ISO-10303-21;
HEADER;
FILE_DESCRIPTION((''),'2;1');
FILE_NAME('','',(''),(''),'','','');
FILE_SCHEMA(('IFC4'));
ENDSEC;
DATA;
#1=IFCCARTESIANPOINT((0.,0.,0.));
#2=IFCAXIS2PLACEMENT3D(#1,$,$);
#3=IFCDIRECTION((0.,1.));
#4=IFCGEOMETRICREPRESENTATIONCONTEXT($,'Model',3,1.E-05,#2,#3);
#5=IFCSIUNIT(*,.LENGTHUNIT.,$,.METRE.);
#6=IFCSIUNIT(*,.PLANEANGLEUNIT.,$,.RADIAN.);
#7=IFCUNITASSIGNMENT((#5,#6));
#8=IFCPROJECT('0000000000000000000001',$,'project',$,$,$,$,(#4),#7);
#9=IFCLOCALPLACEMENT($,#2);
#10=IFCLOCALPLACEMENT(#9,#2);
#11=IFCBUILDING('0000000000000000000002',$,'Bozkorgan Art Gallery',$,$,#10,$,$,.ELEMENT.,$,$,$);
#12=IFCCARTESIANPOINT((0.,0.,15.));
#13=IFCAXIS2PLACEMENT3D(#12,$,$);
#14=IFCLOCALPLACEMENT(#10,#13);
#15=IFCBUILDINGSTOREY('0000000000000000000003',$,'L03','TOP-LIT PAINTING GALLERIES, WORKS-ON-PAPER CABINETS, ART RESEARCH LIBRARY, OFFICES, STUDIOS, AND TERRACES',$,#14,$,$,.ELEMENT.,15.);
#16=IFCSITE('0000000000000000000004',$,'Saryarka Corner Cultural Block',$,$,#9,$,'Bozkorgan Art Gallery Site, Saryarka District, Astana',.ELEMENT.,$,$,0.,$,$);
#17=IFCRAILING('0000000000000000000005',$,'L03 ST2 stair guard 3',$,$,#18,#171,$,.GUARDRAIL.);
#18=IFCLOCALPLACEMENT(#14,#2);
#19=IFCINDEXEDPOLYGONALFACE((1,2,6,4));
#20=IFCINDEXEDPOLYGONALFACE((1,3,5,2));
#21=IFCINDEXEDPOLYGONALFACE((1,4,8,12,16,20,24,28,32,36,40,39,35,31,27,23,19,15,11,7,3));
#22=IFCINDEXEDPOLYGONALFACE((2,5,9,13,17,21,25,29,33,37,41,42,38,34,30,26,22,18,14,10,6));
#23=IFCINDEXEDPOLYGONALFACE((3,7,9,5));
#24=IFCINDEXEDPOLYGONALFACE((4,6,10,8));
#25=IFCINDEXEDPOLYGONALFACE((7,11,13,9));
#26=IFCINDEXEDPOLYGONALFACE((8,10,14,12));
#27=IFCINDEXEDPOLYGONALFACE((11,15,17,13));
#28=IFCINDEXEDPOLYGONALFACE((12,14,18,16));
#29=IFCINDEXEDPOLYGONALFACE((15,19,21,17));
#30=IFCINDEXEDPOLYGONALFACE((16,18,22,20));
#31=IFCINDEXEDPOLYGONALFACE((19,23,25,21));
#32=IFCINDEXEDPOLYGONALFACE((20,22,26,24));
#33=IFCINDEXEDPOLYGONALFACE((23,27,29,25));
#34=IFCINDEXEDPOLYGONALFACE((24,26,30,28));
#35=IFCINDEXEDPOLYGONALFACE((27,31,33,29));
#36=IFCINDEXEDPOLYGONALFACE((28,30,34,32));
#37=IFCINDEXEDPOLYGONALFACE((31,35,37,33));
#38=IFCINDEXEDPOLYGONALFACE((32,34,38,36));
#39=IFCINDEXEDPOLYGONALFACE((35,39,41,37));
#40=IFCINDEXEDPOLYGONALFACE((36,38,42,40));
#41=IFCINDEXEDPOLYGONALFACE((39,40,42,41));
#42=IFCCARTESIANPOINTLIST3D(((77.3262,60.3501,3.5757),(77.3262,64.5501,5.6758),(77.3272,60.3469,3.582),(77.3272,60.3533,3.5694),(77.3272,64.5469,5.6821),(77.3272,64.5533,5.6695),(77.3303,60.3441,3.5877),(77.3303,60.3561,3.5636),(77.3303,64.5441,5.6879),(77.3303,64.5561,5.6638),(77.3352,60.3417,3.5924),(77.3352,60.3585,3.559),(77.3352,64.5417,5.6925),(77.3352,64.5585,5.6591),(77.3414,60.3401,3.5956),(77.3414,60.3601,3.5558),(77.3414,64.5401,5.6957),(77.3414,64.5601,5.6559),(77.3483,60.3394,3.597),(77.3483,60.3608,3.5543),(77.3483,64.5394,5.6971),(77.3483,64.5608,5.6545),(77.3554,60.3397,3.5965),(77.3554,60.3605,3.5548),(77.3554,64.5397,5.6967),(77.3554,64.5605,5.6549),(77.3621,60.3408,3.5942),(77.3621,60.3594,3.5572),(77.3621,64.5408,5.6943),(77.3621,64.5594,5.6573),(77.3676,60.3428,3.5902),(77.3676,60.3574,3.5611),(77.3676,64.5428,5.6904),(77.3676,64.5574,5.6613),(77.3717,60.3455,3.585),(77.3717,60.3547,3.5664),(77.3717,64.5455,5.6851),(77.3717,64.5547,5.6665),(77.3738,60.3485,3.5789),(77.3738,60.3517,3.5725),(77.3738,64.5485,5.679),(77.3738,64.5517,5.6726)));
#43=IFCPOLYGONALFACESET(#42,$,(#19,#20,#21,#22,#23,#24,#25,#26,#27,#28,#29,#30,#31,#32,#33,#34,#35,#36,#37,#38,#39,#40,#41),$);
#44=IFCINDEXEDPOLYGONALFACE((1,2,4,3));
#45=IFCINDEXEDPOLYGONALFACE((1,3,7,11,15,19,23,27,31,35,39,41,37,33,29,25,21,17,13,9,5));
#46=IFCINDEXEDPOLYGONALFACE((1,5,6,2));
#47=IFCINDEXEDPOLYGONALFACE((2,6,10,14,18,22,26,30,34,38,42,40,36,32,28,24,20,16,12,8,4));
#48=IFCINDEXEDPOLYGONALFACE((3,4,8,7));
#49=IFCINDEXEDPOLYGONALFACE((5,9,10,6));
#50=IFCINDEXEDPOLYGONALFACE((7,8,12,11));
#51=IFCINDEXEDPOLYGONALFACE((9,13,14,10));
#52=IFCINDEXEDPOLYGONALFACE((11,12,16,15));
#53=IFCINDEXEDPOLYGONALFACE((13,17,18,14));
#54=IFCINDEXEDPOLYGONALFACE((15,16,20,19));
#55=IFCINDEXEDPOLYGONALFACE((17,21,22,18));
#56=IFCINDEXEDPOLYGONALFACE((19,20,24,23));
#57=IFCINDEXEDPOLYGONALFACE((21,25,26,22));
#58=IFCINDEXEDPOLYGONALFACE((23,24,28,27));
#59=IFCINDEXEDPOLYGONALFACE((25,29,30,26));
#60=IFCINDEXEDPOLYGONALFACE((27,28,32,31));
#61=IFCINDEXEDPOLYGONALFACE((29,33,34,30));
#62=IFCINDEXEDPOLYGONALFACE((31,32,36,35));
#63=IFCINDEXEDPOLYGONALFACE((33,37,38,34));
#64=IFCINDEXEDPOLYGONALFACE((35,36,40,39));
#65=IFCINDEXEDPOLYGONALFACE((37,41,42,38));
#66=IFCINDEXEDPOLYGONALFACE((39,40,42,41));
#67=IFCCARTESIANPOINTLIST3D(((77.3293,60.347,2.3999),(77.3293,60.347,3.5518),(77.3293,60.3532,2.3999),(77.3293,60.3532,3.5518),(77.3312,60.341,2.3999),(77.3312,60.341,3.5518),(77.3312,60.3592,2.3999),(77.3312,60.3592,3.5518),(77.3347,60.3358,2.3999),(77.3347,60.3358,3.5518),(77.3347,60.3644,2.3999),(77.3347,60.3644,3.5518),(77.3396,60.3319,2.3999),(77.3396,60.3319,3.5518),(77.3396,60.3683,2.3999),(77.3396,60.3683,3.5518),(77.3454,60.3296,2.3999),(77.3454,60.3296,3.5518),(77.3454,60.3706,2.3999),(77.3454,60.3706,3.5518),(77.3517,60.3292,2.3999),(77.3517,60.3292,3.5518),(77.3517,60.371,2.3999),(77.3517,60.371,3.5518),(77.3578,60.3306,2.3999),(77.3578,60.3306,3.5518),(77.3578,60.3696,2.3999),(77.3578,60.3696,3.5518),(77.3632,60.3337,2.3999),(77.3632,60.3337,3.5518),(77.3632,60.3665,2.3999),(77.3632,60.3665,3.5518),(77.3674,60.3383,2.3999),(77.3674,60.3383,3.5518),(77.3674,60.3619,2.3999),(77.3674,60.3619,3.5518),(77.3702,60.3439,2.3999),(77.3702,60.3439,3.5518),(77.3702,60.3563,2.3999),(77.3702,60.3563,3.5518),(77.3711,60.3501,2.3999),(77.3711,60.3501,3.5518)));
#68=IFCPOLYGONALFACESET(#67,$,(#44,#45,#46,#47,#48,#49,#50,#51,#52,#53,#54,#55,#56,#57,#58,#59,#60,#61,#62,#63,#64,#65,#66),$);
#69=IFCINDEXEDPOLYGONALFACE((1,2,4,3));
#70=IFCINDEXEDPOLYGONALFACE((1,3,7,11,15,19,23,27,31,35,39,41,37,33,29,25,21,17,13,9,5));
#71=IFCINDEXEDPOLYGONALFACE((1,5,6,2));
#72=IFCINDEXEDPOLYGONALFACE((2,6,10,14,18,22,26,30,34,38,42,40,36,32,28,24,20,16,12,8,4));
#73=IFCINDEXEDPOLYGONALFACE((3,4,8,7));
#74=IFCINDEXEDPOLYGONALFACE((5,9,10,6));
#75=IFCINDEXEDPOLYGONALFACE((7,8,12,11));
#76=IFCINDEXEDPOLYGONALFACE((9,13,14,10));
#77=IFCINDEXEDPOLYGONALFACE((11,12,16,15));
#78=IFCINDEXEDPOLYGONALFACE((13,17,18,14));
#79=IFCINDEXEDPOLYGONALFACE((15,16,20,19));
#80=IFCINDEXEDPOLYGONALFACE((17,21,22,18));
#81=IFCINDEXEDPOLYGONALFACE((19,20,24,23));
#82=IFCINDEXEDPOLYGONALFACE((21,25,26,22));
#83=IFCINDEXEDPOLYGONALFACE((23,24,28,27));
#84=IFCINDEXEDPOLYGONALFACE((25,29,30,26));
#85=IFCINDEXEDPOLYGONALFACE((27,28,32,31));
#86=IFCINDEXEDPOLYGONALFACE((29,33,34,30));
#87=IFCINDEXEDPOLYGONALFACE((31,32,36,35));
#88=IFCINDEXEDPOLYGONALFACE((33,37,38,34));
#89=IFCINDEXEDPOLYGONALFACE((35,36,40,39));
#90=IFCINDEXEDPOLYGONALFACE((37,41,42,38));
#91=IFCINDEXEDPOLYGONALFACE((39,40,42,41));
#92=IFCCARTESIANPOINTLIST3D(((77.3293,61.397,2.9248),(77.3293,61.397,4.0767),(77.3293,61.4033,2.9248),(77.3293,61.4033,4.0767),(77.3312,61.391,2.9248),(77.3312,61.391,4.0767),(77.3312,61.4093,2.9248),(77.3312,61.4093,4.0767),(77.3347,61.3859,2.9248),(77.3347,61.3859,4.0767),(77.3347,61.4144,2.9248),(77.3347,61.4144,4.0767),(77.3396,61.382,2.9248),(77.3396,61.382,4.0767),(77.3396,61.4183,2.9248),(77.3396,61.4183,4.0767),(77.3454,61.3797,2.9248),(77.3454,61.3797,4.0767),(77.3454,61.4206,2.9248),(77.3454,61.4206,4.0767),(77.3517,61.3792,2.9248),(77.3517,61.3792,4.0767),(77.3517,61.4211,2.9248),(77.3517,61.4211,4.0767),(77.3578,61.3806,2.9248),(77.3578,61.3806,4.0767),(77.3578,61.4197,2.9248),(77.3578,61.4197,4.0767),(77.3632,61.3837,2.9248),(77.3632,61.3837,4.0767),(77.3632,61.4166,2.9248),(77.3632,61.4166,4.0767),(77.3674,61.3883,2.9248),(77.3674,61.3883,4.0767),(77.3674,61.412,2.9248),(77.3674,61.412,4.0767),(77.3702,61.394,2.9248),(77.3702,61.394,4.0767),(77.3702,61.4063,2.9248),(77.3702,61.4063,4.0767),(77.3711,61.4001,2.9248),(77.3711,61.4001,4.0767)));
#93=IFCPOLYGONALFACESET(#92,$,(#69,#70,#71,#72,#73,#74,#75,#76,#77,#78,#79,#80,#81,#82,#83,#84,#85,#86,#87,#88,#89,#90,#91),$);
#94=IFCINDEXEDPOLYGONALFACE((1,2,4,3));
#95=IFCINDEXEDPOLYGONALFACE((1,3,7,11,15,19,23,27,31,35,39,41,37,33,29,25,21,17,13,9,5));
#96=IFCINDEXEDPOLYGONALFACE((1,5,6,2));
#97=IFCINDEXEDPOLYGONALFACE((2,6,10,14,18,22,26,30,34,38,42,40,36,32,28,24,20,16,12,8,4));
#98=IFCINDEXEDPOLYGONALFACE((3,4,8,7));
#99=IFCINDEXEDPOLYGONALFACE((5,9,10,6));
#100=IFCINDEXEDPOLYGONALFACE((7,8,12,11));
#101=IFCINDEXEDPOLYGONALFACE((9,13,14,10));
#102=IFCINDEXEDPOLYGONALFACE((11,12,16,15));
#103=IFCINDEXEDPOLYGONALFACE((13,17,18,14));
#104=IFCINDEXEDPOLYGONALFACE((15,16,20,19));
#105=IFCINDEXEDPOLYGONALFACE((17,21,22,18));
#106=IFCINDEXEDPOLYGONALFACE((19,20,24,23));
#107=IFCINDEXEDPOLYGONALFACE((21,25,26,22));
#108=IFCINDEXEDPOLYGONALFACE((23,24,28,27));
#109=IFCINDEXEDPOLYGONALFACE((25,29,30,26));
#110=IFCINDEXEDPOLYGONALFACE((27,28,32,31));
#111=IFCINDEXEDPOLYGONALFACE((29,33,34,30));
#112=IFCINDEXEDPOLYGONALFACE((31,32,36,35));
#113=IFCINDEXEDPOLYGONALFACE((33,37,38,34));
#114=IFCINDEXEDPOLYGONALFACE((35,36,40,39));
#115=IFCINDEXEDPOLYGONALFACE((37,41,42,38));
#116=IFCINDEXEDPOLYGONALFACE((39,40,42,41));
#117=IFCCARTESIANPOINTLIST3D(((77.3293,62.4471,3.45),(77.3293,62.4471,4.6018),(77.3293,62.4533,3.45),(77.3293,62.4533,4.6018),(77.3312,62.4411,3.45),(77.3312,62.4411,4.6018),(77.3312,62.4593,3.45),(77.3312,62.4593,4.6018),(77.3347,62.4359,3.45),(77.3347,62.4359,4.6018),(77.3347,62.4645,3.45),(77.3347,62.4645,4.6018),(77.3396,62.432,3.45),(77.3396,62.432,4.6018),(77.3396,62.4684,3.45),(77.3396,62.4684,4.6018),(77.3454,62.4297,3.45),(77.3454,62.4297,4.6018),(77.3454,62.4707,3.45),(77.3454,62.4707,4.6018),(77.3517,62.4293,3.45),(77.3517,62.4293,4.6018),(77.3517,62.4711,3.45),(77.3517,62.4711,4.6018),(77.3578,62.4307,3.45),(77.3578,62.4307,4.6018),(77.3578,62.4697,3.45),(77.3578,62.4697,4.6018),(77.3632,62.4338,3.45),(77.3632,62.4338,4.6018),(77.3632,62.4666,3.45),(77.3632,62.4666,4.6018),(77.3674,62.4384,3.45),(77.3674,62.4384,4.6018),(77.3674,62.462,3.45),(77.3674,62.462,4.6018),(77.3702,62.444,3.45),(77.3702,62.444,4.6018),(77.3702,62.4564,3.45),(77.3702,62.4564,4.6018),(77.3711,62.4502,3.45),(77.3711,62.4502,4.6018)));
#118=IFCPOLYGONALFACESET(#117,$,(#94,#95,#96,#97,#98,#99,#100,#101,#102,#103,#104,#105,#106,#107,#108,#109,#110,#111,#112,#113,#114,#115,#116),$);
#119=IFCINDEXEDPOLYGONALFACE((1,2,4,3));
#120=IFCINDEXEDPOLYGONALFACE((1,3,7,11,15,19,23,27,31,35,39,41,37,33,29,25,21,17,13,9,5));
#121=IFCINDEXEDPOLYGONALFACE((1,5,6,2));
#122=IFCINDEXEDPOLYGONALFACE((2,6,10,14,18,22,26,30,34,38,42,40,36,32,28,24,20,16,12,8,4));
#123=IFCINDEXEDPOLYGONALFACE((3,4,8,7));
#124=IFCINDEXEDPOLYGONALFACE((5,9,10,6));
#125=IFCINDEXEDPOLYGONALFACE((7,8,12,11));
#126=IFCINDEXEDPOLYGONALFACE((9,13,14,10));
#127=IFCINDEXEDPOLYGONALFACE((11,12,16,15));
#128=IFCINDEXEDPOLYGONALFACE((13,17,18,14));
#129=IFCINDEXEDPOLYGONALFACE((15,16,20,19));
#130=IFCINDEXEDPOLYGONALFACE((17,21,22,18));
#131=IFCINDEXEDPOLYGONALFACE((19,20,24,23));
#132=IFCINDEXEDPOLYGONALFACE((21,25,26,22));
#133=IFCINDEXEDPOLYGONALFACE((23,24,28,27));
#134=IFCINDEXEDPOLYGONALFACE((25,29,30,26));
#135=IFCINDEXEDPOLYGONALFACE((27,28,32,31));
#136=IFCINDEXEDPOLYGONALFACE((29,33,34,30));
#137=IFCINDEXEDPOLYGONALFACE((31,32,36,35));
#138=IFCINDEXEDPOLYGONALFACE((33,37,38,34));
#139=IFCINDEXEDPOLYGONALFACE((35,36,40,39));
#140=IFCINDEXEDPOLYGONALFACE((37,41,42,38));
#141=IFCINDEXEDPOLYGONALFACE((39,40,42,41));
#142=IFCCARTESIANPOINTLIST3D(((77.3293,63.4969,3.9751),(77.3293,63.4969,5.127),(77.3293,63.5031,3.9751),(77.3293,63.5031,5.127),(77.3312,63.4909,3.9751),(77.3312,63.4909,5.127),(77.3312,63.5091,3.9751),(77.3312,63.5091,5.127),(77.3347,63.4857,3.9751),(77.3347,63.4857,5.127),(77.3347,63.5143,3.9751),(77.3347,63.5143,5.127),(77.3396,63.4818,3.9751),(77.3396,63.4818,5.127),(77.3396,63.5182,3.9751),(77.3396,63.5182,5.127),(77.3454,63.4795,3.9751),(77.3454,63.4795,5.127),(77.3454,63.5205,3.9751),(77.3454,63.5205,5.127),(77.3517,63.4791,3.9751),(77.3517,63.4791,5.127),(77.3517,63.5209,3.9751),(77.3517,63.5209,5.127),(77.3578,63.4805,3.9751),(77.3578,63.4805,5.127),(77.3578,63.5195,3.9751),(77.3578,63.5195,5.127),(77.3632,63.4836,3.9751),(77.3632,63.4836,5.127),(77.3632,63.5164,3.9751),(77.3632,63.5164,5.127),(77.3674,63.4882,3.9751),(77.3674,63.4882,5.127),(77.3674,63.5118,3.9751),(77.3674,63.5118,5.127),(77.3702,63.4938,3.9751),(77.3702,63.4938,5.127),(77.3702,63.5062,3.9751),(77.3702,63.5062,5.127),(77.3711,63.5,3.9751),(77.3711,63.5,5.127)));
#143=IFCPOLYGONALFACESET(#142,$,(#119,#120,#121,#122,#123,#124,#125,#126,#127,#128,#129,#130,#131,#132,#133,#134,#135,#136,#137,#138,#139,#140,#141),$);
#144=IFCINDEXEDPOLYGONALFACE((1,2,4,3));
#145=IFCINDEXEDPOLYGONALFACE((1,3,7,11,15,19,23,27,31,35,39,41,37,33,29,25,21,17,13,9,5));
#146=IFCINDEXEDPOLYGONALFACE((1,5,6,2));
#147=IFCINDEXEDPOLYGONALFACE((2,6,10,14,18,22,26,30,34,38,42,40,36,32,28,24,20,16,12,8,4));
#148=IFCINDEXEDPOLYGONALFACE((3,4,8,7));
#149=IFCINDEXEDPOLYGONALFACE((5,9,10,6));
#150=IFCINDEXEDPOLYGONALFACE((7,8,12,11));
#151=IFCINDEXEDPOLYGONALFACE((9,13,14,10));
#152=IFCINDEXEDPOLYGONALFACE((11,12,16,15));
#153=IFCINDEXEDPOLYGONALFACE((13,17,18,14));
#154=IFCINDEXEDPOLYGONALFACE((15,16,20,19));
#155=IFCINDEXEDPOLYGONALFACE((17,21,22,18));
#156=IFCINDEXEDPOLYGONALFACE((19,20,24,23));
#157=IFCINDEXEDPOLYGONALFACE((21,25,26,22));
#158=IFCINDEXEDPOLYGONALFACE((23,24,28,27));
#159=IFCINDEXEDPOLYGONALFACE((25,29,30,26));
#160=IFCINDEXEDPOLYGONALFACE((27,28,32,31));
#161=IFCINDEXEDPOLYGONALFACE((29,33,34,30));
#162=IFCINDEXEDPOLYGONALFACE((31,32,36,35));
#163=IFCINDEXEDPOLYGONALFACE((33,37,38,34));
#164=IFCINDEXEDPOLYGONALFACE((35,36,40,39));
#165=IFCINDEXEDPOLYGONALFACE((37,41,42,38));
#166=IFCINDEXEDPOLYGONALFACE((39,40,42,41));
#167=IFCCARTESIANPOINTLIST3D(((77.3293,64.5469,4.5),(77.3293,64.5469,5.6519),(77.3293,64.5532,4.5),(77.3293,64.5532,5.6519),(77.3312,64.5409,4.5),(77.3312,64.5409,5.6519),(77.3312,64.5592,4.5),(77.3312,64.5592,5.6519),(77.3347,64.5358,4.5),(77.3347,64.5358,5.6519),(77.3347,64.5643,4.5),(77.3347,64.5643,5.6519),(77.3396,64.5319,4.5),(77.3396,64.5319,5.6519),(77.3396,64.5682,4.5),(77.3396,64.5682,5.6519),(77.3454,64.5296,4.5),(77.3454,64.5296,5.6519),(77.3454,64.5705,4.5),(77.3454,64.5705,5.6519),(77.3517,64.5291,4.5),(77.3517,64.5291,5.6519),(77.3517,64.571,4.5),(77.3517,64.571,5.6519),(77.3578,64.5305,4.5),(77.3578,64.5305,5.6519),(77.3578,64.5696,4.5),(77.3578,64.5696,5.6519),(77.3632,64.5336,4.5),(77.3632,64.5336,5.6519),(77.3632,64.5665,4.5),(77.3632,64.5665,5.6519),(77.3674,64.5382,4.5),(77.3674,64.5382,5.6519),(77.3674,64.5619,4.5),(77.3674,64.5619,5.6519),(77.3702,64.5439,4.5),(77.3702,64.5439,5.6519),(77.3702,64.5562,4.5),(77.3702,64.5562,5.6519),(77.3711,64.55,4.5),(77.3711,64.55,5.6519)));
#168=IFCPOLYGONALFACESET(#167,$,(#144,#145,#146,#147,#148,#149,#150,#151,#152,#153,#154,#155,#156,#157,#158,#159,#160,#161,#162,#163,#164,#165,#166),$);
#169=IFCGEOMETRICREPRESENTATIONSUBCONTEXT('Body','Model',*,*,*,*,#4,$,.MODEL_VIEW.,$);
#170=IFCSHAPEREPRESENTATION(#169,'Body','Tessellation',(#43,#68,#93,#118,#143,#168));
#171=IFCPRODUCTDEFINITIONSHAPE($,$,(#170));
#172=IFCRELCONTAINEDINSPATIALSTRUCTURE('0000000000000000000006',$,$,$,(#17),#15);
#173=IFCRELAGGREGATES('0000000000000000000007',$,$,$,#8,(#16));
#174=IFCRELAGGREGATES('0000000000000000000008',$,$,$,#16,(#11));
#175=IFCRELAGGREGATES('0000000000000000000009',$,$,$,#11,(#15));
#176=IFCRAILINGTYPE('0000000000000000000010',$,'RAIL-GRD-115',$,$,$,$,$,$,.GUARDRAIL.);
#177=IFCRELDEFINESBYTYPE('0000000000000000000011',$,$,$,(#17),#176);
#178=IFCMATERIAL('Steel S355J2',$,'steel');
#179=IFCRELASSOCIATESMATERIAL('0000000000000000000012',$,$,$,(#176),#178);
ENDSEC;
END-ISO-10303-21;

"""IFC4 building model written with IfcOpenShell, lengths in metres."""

from ifc_helpers import new_model, si_unit, direction, frame, origin, origin_2d, place, context, subcontext, project, spatial, circle, extrude, material, type_object, element, save


model = new_model("IFC4")

# Units and contexts
model_context = context("Model", 3, precision=1e-05, world=origin(), true_north=direction((0.0, 1.0)))
body_context = subcontext(model_context, "Body", "Model", "MODEL_VIEW")
ifc_project = project(units=[si_unit("LENGTHUNIT", "METRE"), si_unit("PLANEANGLEUNIT", "RADIAN")], contexts=[model_context])

# Site, building, storey
site_placement = place(None, origin())
site = spatial("IfcSite", under=ifc_project, at=site_placement, Name="Saryarka Corner Cultural Block", LongName="Bozkorgan Art Gallery Site, Saryarka District, Astana", CompositionType="ELEMENT", RefElevation=0.0)
building_placement = place(site_placement, origin())
building = spatial("IfcBuilding", under=site, at=building_placement, Name="Bozkorgan Art Gallery", CompositionType="ELEMENT")
storey_placement = place(building_placement, frame((0.0, 0.0, 15.0)))
storey = spatial("IfcBuildingStorey", under=building, at=storey_placement, Name="L03", Description="TOP-LIT PAINTING GALLERIES, WORKS-ON-PAPER CABINETS, ART RESEARCH LIBRARY, OFFICES, STUDIOS, AND TERRACES", CompositionType="ELEMENT", Elevation=15.0)

# Railing
ifc_material_1 = material(Name="Steel S355J2", Category="steel")
railing_type_1 = type_object("IfcRailingType", Name="RAIL-GRD-115", PredefinedType="GUARDRAIL", material=ifc_material_1)
railing_1_placement = place(storey_placement, frame((77.3501, 60.3501, 2.3999)))
element("IfcRailing", 1, at=railing_1_placement, inside=storey, type_object=railing_type_1, Name="L03 ST2 stair guard 3", PredefinedType="GUARDRAIL", context=body_context, shape_type="SweptSolid", body=[
    extrude(circle(Radius=0.0239, at=origin_2d()), frame((0.0, 0.0, 1.1758), z_axis=(0.0, 0.894417, 0.447234), x_axis=(-1.0, 0.0, 0.0)), (0.0, 0.0, 1.0), 4.6958),
    extrude(circle(Radius=0.021, at=origin_2d()), origin(), (0.0, 0.0, 1.0), 1.1519),
    extrude(circle(Radius=0.021, at=origin_2d()), frame((0.0, 1.05, 0.5249)), (0.0, 0.0, 1.0), 1.1519),
    extrude(circle(Radius=0.021, at=origin_2d()), frame((0.0, 2.1001, 1.05)), (0.0, 0.0, 1.0), 1.1519),
    extrude(circle(Radius=0.021, at=origin_2d()), frame((0.0, 3.1499, 1.5752)), (0.0, 0.0, 1.0), 1.1519),
    extrude(circle(Radius=0.021, at=origin_2d()), frame((0.0, 4.2, 2.1001)), (0.0, 0.0, 1.0), 1.1519),
])

save(model, "model.ifc")
